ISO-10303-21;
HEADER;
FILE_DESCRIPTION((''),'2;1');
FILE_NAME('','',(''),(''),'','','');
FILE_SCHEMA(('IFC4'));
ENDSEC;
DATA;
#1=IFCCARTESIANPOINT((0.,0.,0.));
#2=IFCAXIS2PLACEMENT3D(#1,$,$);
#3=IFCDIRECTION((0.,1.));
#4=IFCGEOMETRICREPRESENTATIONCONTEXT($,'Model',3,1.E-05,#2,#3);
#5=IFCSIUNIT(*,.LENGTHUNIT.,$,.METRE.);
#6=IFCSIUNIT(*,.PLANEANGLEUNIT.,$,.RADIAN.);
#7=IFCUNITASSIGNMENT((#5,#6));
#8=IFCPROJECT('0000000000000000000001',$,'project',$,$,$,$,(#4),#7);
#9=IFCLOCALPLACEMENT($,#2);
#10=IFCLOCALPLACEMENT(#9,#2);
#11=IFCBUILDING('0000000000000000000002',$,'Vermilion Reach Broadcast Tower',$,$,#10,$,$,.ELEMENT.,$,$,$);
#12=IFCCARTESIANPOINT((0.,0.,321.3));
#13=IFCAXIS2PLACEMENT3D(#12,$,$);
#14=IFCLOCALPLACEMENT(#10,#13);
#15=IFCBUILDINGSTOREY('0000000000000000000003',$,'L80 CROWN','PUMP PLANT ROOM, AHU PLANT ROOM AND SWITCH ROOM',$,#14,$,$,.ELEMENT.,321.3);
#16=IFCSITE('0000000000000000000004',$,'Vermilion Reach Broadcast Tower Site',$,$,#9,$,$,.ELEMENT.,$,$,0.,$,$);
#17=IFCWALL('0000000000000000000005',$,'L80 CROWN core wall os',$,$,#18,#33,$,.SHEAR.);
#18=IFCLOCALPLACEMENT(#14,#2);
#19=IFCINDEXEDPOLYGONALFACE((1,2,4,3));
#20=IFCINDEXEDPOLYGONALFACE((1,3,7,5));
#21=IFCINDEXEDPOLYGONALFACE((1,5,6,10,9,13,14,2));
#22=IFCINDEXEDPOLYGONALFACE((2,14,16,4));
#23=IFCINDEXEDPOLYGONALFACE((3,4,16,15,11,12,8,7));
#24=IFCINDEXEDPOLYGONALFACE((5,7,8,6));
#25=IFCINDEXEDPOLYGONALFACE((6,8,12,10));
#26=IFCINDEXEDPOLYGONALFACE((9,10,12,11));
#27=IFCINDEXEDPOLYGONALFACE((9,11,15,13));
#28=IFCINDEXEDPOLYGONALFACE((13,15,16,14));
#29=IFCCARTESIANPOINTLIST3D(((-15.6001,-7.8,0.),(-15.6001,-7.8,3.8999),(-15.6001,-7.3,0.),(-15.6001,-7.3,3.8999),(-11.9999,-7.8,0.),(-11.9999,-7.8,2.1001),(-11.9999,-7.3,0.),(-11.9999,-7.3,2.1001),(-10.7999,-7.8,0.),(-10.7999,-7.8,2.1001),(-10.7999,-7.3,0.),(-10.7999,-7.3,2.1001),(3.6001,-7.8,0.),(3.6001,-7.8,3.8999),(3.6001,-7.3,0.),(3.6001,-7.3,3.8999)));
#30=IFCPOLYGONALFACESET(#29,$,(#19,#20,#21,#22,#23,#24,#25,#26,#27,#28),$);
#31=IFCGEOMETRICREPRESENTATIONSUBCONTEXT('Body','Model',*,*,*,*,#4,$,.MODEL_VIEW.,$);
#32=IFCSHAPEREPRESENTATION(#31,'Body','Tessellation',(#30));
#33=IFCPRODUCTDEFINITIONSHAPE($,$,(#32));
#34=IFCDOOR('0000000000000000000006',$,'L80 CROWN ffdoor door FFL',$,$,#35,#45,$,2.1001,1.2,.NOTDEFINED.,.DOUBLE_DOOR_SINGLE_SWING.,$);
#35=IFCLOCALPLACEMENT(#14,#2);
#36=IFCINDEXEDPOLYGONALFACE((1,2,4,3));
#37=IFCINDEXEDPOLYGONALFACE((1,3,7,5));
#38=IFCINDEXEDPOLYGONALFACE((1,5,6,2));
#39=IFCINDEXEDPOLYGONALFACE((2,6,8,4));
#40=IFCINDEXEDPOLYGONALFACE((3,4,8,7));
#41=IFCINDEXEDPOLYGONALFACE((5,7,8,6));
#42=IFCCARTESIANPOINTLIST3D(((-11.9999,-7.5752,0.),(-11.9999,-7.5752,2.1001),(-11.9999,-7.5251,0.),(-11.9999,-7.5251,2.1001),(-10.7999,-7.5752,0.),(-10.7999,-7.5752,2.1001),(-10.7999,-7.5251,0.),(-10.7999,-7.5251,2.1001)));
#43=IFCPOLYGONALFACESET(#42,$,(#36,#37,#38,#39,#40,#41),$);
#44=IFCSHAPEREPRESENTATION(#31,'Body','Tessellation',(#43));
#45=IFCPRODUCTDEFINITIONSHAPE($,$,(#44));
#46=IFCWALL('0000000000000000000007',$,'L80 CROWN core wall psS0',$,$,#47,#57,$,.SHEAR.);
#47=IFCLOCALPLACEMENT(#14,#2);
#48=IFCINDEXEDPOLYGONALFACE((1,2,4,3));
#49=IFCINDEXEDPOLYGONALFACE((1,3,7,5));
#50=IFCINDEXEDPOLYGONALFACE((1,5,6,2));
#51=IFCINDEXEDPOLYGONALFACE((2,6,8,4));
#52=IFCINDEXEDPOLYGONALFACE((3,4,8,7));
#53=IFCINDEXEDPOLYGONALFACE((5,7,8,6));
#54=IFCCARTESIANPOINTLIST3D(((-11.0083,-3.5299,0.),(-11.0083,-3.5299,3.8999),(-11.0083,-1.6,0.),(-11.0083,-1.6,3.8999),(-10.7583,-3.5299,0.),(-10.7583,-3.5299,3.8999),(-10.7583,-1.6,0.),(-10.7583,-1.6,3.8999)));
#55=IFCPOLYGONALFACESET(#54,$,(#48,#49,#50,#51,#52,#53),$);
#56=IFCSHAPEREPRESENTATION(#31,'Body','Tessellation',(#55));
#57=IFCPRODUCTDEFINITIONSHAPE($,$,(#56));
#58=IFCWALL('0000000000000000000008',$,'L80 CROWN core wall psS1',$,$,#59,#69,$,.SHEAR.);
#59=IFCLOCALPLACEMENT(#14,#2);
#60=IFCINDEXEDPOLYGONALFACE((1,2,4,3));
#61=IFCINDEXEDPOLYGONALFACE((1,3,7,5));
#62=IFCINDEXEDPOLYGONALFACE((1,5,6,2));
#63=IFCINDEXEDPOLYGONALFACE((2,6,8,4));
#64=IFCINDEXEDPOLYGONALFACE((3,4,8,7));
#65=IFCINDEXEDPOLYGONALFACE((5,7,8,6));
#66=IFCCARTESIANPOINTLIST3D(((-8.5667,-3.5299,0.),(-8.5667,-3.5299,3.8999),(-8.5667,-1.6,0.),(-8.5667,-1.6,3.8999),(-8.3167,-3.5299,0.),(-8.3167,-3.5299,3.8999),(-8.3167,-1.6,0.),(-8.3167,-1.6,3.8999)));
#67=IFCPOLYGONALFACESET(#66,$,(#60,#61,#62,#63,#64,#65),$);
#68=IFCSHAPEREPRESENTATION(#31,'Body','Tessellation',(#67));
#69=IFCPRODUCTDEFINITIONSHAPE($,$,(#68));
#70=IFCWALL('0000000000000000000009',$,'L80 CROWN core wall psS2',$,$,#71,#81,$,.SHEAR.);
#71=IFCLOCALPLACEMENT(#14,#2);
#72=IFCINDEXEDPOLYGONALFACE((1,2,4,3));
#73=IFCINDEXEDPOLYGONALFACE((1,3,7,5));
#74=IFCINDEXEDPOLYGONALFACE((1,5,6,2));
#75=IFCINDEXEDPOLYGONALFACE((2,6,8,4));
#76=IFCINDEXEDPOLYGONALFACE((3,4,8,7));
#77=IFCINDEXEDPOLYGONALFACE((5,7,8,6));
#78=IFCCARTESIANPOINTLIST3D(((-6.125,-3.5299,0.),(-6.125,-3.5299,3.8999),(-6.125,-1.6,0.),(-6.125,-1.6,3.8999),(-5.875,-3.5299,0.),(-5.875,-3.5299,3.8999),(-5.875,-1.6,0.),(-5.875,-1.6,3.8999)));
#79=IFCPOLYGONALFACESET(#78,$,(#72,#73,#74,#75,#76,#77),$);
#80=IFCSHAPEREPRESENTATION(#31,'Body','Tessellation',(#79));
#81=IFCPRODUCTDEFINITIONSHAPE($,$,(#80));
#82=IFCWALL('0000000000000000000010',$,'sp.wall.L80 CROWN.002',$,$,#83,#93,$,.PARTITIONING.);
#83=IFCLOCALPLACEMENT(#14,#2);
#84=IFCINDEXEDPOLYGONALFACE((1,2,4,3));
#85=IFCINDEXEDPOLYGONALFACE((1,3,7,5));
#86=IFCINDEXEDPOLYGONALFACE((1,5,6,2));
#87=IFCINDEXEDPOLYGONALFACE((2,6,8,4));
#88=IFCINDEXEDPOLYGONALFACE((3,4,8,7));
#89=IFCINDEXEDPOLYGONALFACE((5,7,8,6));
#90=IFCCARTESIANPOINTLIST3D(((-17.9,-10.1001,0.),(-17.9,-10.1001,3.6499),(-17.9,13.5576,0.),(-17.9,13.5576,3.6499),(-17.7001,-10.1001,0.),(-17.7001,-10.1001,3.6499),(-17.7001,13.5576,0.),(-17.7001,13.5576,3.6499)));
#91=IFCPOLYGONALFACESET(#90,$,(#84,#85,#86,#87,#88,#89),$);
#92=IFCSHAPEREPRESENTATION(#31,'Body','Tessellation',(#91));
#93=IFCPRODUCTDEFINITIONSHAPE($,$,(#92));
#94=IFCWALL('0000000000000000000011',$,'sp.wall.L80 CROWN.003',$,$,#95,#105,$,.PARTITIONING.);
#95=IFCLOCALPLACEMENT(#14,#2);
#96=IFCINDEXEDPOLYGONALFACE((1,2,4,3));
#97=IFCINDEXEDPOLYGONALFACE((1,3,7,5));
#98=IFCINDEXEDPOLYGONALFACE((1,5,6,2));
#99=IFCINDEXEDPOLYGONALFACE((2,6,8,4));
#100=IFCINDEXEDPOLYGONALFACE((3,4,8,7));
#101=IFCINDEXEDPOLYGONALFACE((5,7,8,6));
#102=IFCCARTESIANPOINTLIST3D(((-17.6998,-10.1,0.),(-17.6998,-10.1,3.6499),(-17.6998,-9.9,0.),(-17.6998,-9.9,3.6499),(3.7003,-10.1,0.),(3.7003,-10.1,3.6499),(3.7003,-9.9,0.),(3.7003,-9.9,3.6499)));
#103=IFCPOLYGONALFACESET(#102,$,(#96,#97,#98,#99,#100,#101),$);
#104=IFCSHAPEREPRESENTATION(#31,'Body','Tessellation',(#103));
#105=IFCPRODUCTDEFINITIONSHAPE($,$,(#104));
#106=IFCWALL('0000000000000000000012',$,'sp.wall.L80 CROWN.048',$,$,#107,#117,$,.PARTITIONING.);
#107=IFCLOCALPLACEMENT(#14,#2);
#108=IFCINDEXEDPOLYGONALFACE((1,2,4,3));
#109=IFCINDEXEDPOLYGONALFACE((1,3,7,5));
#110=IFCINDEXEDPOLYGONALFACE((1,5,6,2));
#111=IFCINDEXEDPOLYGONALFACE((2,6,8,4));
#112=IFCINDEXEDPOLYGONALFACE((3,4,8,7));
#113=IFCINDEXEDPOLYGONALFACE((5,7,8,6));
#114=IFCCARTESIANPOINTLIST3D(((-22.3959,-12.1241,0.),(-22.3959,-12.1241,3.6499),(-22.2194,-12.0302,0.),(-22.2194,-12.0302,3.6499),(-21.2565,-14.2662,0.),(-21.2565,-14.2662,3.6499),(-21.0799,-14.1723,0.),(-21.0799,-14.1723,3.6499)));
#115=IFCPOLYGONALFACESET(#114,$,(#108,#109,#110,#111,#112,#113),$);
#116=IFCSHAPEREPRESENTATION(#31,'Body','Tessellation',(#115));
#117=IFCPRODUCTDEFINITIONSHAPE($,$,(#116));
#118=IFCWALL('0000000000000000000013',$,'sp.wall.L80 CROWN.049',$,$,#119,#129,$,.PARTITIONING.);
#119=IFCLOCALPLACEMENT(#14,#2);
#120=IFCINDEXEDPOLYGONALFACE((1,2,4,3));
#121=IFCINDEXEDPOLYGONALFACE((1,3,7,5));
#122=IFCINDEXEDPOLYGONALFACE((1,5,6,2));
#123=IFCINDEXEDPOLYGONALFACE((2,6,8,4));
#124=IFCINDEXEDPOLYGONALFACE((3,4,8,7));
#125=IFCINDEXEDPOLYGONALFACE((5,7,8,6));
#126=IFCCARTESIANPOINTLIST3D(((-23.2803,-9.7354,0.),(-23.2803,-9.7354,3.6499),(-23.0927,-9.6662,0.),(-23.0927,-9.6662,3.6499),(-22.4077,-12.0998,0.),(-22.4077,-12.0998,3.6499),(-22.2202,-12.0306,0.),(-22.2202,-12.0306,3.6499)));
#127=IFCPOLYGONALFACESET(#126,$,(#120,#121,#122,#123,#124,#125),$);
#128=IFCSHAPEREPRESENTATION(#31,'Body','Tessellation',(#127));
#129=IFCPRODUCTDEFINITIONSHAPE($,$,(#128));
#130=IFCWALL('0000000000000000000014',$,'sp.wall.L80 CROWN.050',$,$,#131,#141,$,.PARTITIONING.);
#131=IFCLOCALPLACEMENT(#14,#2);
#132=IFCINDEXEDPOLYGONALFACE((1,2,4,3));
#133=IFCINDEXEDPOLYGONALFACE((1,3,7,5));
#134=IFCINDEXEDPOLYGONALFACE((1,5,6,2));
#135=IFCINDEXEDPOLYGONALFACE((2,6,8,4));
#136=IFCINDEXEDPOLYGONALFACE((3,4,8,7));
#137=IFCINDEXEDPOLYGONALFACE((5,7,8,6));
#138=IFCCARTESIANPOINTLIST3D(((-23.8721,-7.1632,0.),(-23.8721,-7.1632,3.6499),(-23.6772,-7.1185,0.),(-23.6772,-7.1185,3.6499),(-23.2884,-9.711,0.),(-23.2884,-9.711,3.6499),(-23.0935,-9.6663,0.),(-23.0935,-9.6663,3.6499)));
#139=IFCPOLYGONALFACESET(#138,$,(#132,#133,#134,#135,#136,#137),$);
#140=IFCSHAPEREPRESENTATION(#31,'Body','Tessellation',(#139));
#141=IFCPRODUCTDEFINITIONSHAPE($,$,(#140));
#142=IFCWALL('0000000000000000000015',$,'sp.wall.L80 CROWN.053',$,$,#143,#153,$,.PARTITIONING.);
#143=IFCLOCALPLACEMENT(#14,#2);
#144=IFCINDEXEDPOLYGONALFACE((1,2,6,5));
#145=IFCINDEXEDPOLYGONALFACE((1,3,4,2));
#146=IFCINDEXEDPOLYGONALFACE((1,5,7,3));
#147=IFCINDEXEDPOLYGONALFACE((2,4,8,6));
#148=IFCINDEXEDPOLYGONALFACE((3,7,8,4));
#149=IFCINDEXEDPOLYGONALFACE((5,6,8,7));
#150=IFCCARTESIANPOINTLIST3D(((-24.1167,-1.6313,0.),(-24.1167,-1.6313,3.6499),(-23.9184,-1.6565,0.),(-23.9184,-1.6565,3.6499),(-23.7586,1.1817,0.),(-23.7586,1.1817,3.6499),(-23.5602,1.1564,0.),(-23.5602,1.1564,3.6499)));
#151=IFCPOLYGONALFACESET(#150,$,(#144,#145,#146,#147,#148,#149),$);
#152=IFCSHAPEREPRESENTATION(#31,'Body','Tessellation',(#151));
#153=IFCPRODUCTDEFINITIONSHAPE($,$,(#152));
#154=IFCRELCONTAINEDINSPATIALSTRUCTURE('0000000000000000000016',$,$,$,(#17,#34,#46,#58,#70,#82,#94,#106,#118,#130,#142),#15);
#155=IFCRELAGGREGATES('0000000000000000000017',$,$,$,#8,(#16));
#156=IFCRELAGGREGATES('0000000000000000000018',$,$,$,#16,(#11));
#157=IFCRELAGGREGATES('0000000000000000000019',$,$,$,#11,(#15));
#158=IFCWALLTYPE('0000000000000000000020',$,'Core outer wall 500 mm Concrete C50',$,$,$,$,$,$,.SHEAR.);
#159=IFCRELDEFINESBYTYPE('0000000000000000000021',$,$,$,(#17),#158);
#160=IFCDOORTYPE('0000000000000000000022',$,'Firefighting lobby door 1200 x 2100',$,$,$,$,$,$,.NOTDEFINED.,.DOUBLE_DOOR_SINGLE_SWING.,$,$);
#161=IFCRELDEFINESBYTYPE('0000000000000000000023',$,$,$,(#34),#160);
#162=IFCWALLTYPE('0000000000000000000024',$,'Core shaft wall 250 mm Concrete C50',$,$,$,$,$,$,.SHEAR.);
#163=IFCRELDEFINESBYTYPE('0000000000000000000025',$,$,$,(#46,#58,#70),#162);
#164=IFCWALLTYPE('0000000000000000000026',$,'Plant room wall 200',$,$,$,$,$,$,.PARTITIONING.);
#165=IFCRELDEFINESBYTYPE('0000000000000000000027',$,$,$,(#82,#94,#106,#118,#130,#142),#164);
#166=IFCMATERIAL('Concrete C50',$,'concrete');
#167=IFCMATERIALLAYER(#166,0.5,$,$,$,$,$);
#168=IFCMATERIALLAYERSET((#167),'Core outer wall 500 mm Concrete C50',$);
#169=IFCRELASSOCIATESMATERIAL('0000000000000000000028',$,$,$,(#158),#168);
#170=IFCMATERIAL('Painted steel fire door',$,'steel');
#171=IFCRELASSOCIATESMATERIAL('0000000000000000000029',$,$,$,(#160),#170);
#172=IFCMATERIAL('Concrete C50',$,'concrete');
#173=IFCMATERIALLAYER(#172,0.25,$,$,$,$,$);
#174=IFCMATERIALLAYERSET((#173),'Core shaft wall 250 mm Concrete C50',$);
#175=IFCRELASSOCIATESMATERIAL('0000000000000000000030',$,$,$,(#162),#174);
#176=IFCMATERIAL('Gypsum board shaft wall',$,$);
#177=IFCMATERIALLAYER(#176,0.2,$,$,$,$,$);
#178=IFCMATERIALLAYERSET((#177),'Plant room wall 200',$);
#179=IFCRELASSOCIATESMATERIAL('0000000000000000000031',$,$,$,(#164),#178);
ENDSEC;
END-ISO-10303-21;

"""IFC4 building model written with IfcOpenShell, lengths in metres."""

from ifc_helpers import new_model, si_unit, direction, frame, frame_2d, origin, place, context, subcontext, project, spatial, rectangle, extrude, material, layer, layer_set, type_object, element, fill, save


model = new_model("IFC4")

# Units and contexts
model_context = context("Model", 3, precision=1e-05, world=origin(), true_north=direction((0.0, 1.0)))
body_context = subcontext(model_context, "Body", "Model", "MODEL_VIEW")
ifc_project = project(units=[si_unit("LENGTHUNIT", "METRE"), si_unit("PLANEANGLEUNIT", "RADIAN")], contexts=[model_context])

# Site, building, storey
site_placement = place(None, origin())
site = spatial("IfcSite", under=ifc_project, at=site_placement, Name="Vermilion Reach Broadcast Tower Site", CompositionType="ELEMENT", RefElevation=0.0)
building_placement = place(site_placement, origin())
building = spatial("IfcBuilding", under=site, at=building_placement, Name="Vermilion Reach Broadcast Tower", CompositionType="ELEMENT")
storey_placement = place(building_placement, frame((0.0, 0.0, 321.3)))
storey = spatial("IfcBuildingStorey", under=building, at=storey_placement, Name="L80 CROWN", Description="PUMP PLANT ROOM, AHU PLANT ROOM AND SWITCH ROOM", CompositionType="ELEMENT", Elevation=321.3)

# Wall, opening, door
ifc_material_1 = material(Name="Concrete C50", Category="concrete")
ifc_layer_1 = layer(ifc_material_1, 0.5)
ifc_layer_set_1 = layer_set([ifc_layer_1], Name="Core outer wall 500 mm Concrete C50")
wall_type_1 = type_object("IfcWallType", Name="Core outer wall 500 mm Concrete C50", PredefinedType="SHEAR", material=ifc_layer_set_1)
wall_1_placement = place(storey_placement, frame((-15.6001, -7.55, 0.0), z_axis=(0.0, 0.0, 1.0), x_axis=(1.0, 0.0, 0.0)))
wall_1 = element("IfcWall", 1, at=wall_1_placement, inside=storey, type_object=wall_type_1, Name="L80 CROWN core wall os", PredefinedType="SHEAR", context=body_context, shape_type="SweptSolid", body=[
    extrude(rectangle(XDim=19.2002, YDim=0.5, at=frame_2d((9.6001, 0.0))), origin(), (0.0, 0.0, 1.0), 3.8999),
])
opening_1_placement = place(wall_1_placement, frame((3.6001, 0.0, 0.0)))
opening_1 = element("IfcOpeningElement", 2, at=opening_1_placement, cuts=wall_1, PredefinedType="OPENING", context=body_context, shape_type="SweptSolid", body=[
    extrude(rectangle(XDim=1.2, YDim=2.1001, at=frame_2d((0.6001, 1.05))), frame((0.0, 0.26, 0.0), z_axis=(0.0, -1.0, 0.0), x_axis=(1.0, 0.0, 0.0)), (0.0, 0.0, 1.0), 0.52),
])
ifc_material_2 = material(Name="Painted steel fire door", Category="steel")
door_type_1 = type_object("IfcDoorType", Name="Firefighting lobby door 1200 x 2100", OperationType="DOUBLE_DOOR_SINGLE_SWING", PredefinedType="NOTDEFINED", material=ifc_material_2)
door_1_placement = place(opening_1_placement, origin())
door_1 = element("IfcDoor", 3, at=door_1_placement, inside=storey, type_object=door_type_1, Name="L80 CROWN ffdoor door FFL", OperationType="DOUBLE_DOOR_SINGLE_SWING", OverallHeight=2.1001, OverallWidth=1.2, PredefinedType="NOTDEFINED", context=body_context, shape_type="SweptSolid", body=[
    extrude(rectangle(XDim=1.2, YDim=2.1001, at=frame_2d((0.6001, 1.05))), frame((0.0, 0.0249, 0.0), z_axis=(0.0, -1.0, 0.0), x_axis=(1.0, 0.0, 0.0)), (0.0, 0.0, 1.0), 0.05),
])
fill(opening_1, door_1)

# Walls
ifc_material_3 = material(Name="Concrete C50", Category="concrete")
ifc_layer_2 = layer(ifc_material_3, 0.25)
ifc_layer_set_2 = layer_set([ifc_layer_2], Name="Core shaft wall 250 mm Concrete C50")
wall_type_2 = type_object("IfcWallType", Name="Core shaft wall 250 mm Concrete C50", PredefinedType="SHEAR", material=ifc_layer_set_2)
for number, where, z_axis, x_axis, name in (
    (4, (-10.8833, -1.6001, 0.0), (0.0, 0.0, 1.0), (0.0, -1.0, 0.0), "L80 CROWN core wall psS0"),
    (5, (-8.4417, -1.6001, 0.0), (0.0, 0.0, 1.0), (0.0, -1.0, 0.0), "L80 CROWN core wall psS1"),
    (6, (-6.0, -1.6001, 0.0), (0.0, 0.0, 1.0), (0.0, -1.0, 0.0), "L80 CROWN core wall psS2"),
):
    element("IfcWall", number, at=place(storey_placement, frame(where, z_axis=z_axis, x_axis=x_axis)), inside=storey, type_object=wall_type_2, Name=name, PredefinedType="SHEAR", context=body_context, shape_type="SweptSolid", body=[
        extrude(rectangle(XDim=1.9299, YDim=0.25, at=frame_2d((0.9648, 0.0))), origin(), (0.0, 0.0, 1.0), 3.8999),
    ])
ifc_material_4 = material(Name="Gypsum board shaft wall")
ifc_layer_3 = layer(ifc_material_4, 0.2)
ifc_layer_set_3 = layer_set([ifc_layer_3], Name="Plant room wall 200")
wall_type_3 = type_object("IfcWallType", Name="Plant room wall 200", PredefinedType="PARTITIONING", material=ifc_layer_set_3)
wall_2_placement = place(storey_placement, frame((-17.8, -10.1001, 0.0), z_axis=(0.0, 0.0, 1.0), x_axis=(0.0, 1.0, 0.0)))
element("IfcWall", 7, at=wall_2_placement, inside=storey, type_object=wall_type_3, Name="sp.wall.L80 CROWN.002", PredefinedType="PARTITIONING", context=body_context, shape_type="SweptSolid", body=[
    extrude(rectangle(XDim=23.6577, YDim=0.2, at=frame_2d((11.8289, 0.0))), origin(), (0.0, 0.0, 1.0), 3.6499),
])
wall_3_placement = place(storey_placement, frame((-17.7, -10.0, 0.0), z_axis=(0.0, 0.0, 1.0), x_axis=(1.0, 0.0, 0.0)))
element("IfcWall", 8, at=wall_3_placement, inside=storey, type_object=wall_type_3, Name="sp.wall.L80 CROWN.003", PredefinedType="PARTITIONING", context=body_context, shape_type="SweptSolid", body=[
    extrude(rectangle(XDim=21.4001, YDim=0.2, at=frame_2d((10.7002, 0.0))), origin(), (0.0, 0.0, 1.0), 3.6499),
])
wall_4_placement = place(storey_placement, frame((-22.3076, -12.0771, 0.0), z_axis=(0.0, 0.0, 1.0), x_axis=(0.469611, -0.882873, 0.0)))
element("IfcWall", 9, at=wall_4_placement, inside=storey, type_object=wall_type_3, Name="sp.wall.L80 CROWN.048", PredefinedType="PARTITIONING", context=body_context, shape_type="SweptSolid", body=[
    extrude(rectangle(XDim=2.4263, YDim=0.2, at=frame_2d((1.2131, 0.0))), origin(), (0.0, 0.0, 1.0), 3.6499),
])
wall_5_placement = place(storey_placement, frame((-23.1865, -9.7007, 0.0), z_axis=(0.0, 0.0, 1.0), x_axis=(0.346204, -0.938159, 0.0)))
element("IfcWall", 10, at=wall_5_placement, inside=storey, type_object=wall_type_3, Name="sp.wall.L80 CROWN.049", PredefinedType="PARTITIONING", context=body_context, shape_type="SweptSolid", body=[
    extrude(rectangle(XDim=2.5203, YDim=0.2, at=frame_2d((1.2603, 0.0))), origin(), (0.0, 0.0, 1.0), 3.6499),
])
wall_6_placement = place(storey_placement, frame((-23.7747, -7.1409, 0.0), z_axis=(0.0, 0.0, 1.0), x_axis=(0.223324, -0.974744, 0.0)))
element("IfcWall", 11, at=wall_6_placement, inside=storey, type_object=wall_type_3, Name="sp.wall.L80 CROWN.050", PredefinedType="PARTITIONING", context=body_context, shape_type="SweptSolid", body=[
    extrude(rectangle(XDim=2.6138, YDim=0.2, at=frame_2d((1.3069, 0.0))), origin(), (0.0, 0.0, 1.0), 3.6499),
])

# Wall
wall_7_placement = place(storey_placement, frame((-24.0176, -1.644, 0.0), z_axis=(0.0, 0.0, 1.0), x_axis=(0.126302, 0.991992, 0.0)))
element("IfcWall", 12, at=wall_7_placement, inside=storey, type_object=wall_type_3, Name="sp.wall.L80 CROWN.053", PredefinedType="PARTITIONING", context=body_context, shape_type="SweptSolid", body=[
    extrude(rectangle(XDim=2.8357, YDim=0.2, at=frame_2d((1.418, 0.0))), origin(), (0.0, 0.0, 1.0), 3.6499),
])

save(model, "model.ifc")
